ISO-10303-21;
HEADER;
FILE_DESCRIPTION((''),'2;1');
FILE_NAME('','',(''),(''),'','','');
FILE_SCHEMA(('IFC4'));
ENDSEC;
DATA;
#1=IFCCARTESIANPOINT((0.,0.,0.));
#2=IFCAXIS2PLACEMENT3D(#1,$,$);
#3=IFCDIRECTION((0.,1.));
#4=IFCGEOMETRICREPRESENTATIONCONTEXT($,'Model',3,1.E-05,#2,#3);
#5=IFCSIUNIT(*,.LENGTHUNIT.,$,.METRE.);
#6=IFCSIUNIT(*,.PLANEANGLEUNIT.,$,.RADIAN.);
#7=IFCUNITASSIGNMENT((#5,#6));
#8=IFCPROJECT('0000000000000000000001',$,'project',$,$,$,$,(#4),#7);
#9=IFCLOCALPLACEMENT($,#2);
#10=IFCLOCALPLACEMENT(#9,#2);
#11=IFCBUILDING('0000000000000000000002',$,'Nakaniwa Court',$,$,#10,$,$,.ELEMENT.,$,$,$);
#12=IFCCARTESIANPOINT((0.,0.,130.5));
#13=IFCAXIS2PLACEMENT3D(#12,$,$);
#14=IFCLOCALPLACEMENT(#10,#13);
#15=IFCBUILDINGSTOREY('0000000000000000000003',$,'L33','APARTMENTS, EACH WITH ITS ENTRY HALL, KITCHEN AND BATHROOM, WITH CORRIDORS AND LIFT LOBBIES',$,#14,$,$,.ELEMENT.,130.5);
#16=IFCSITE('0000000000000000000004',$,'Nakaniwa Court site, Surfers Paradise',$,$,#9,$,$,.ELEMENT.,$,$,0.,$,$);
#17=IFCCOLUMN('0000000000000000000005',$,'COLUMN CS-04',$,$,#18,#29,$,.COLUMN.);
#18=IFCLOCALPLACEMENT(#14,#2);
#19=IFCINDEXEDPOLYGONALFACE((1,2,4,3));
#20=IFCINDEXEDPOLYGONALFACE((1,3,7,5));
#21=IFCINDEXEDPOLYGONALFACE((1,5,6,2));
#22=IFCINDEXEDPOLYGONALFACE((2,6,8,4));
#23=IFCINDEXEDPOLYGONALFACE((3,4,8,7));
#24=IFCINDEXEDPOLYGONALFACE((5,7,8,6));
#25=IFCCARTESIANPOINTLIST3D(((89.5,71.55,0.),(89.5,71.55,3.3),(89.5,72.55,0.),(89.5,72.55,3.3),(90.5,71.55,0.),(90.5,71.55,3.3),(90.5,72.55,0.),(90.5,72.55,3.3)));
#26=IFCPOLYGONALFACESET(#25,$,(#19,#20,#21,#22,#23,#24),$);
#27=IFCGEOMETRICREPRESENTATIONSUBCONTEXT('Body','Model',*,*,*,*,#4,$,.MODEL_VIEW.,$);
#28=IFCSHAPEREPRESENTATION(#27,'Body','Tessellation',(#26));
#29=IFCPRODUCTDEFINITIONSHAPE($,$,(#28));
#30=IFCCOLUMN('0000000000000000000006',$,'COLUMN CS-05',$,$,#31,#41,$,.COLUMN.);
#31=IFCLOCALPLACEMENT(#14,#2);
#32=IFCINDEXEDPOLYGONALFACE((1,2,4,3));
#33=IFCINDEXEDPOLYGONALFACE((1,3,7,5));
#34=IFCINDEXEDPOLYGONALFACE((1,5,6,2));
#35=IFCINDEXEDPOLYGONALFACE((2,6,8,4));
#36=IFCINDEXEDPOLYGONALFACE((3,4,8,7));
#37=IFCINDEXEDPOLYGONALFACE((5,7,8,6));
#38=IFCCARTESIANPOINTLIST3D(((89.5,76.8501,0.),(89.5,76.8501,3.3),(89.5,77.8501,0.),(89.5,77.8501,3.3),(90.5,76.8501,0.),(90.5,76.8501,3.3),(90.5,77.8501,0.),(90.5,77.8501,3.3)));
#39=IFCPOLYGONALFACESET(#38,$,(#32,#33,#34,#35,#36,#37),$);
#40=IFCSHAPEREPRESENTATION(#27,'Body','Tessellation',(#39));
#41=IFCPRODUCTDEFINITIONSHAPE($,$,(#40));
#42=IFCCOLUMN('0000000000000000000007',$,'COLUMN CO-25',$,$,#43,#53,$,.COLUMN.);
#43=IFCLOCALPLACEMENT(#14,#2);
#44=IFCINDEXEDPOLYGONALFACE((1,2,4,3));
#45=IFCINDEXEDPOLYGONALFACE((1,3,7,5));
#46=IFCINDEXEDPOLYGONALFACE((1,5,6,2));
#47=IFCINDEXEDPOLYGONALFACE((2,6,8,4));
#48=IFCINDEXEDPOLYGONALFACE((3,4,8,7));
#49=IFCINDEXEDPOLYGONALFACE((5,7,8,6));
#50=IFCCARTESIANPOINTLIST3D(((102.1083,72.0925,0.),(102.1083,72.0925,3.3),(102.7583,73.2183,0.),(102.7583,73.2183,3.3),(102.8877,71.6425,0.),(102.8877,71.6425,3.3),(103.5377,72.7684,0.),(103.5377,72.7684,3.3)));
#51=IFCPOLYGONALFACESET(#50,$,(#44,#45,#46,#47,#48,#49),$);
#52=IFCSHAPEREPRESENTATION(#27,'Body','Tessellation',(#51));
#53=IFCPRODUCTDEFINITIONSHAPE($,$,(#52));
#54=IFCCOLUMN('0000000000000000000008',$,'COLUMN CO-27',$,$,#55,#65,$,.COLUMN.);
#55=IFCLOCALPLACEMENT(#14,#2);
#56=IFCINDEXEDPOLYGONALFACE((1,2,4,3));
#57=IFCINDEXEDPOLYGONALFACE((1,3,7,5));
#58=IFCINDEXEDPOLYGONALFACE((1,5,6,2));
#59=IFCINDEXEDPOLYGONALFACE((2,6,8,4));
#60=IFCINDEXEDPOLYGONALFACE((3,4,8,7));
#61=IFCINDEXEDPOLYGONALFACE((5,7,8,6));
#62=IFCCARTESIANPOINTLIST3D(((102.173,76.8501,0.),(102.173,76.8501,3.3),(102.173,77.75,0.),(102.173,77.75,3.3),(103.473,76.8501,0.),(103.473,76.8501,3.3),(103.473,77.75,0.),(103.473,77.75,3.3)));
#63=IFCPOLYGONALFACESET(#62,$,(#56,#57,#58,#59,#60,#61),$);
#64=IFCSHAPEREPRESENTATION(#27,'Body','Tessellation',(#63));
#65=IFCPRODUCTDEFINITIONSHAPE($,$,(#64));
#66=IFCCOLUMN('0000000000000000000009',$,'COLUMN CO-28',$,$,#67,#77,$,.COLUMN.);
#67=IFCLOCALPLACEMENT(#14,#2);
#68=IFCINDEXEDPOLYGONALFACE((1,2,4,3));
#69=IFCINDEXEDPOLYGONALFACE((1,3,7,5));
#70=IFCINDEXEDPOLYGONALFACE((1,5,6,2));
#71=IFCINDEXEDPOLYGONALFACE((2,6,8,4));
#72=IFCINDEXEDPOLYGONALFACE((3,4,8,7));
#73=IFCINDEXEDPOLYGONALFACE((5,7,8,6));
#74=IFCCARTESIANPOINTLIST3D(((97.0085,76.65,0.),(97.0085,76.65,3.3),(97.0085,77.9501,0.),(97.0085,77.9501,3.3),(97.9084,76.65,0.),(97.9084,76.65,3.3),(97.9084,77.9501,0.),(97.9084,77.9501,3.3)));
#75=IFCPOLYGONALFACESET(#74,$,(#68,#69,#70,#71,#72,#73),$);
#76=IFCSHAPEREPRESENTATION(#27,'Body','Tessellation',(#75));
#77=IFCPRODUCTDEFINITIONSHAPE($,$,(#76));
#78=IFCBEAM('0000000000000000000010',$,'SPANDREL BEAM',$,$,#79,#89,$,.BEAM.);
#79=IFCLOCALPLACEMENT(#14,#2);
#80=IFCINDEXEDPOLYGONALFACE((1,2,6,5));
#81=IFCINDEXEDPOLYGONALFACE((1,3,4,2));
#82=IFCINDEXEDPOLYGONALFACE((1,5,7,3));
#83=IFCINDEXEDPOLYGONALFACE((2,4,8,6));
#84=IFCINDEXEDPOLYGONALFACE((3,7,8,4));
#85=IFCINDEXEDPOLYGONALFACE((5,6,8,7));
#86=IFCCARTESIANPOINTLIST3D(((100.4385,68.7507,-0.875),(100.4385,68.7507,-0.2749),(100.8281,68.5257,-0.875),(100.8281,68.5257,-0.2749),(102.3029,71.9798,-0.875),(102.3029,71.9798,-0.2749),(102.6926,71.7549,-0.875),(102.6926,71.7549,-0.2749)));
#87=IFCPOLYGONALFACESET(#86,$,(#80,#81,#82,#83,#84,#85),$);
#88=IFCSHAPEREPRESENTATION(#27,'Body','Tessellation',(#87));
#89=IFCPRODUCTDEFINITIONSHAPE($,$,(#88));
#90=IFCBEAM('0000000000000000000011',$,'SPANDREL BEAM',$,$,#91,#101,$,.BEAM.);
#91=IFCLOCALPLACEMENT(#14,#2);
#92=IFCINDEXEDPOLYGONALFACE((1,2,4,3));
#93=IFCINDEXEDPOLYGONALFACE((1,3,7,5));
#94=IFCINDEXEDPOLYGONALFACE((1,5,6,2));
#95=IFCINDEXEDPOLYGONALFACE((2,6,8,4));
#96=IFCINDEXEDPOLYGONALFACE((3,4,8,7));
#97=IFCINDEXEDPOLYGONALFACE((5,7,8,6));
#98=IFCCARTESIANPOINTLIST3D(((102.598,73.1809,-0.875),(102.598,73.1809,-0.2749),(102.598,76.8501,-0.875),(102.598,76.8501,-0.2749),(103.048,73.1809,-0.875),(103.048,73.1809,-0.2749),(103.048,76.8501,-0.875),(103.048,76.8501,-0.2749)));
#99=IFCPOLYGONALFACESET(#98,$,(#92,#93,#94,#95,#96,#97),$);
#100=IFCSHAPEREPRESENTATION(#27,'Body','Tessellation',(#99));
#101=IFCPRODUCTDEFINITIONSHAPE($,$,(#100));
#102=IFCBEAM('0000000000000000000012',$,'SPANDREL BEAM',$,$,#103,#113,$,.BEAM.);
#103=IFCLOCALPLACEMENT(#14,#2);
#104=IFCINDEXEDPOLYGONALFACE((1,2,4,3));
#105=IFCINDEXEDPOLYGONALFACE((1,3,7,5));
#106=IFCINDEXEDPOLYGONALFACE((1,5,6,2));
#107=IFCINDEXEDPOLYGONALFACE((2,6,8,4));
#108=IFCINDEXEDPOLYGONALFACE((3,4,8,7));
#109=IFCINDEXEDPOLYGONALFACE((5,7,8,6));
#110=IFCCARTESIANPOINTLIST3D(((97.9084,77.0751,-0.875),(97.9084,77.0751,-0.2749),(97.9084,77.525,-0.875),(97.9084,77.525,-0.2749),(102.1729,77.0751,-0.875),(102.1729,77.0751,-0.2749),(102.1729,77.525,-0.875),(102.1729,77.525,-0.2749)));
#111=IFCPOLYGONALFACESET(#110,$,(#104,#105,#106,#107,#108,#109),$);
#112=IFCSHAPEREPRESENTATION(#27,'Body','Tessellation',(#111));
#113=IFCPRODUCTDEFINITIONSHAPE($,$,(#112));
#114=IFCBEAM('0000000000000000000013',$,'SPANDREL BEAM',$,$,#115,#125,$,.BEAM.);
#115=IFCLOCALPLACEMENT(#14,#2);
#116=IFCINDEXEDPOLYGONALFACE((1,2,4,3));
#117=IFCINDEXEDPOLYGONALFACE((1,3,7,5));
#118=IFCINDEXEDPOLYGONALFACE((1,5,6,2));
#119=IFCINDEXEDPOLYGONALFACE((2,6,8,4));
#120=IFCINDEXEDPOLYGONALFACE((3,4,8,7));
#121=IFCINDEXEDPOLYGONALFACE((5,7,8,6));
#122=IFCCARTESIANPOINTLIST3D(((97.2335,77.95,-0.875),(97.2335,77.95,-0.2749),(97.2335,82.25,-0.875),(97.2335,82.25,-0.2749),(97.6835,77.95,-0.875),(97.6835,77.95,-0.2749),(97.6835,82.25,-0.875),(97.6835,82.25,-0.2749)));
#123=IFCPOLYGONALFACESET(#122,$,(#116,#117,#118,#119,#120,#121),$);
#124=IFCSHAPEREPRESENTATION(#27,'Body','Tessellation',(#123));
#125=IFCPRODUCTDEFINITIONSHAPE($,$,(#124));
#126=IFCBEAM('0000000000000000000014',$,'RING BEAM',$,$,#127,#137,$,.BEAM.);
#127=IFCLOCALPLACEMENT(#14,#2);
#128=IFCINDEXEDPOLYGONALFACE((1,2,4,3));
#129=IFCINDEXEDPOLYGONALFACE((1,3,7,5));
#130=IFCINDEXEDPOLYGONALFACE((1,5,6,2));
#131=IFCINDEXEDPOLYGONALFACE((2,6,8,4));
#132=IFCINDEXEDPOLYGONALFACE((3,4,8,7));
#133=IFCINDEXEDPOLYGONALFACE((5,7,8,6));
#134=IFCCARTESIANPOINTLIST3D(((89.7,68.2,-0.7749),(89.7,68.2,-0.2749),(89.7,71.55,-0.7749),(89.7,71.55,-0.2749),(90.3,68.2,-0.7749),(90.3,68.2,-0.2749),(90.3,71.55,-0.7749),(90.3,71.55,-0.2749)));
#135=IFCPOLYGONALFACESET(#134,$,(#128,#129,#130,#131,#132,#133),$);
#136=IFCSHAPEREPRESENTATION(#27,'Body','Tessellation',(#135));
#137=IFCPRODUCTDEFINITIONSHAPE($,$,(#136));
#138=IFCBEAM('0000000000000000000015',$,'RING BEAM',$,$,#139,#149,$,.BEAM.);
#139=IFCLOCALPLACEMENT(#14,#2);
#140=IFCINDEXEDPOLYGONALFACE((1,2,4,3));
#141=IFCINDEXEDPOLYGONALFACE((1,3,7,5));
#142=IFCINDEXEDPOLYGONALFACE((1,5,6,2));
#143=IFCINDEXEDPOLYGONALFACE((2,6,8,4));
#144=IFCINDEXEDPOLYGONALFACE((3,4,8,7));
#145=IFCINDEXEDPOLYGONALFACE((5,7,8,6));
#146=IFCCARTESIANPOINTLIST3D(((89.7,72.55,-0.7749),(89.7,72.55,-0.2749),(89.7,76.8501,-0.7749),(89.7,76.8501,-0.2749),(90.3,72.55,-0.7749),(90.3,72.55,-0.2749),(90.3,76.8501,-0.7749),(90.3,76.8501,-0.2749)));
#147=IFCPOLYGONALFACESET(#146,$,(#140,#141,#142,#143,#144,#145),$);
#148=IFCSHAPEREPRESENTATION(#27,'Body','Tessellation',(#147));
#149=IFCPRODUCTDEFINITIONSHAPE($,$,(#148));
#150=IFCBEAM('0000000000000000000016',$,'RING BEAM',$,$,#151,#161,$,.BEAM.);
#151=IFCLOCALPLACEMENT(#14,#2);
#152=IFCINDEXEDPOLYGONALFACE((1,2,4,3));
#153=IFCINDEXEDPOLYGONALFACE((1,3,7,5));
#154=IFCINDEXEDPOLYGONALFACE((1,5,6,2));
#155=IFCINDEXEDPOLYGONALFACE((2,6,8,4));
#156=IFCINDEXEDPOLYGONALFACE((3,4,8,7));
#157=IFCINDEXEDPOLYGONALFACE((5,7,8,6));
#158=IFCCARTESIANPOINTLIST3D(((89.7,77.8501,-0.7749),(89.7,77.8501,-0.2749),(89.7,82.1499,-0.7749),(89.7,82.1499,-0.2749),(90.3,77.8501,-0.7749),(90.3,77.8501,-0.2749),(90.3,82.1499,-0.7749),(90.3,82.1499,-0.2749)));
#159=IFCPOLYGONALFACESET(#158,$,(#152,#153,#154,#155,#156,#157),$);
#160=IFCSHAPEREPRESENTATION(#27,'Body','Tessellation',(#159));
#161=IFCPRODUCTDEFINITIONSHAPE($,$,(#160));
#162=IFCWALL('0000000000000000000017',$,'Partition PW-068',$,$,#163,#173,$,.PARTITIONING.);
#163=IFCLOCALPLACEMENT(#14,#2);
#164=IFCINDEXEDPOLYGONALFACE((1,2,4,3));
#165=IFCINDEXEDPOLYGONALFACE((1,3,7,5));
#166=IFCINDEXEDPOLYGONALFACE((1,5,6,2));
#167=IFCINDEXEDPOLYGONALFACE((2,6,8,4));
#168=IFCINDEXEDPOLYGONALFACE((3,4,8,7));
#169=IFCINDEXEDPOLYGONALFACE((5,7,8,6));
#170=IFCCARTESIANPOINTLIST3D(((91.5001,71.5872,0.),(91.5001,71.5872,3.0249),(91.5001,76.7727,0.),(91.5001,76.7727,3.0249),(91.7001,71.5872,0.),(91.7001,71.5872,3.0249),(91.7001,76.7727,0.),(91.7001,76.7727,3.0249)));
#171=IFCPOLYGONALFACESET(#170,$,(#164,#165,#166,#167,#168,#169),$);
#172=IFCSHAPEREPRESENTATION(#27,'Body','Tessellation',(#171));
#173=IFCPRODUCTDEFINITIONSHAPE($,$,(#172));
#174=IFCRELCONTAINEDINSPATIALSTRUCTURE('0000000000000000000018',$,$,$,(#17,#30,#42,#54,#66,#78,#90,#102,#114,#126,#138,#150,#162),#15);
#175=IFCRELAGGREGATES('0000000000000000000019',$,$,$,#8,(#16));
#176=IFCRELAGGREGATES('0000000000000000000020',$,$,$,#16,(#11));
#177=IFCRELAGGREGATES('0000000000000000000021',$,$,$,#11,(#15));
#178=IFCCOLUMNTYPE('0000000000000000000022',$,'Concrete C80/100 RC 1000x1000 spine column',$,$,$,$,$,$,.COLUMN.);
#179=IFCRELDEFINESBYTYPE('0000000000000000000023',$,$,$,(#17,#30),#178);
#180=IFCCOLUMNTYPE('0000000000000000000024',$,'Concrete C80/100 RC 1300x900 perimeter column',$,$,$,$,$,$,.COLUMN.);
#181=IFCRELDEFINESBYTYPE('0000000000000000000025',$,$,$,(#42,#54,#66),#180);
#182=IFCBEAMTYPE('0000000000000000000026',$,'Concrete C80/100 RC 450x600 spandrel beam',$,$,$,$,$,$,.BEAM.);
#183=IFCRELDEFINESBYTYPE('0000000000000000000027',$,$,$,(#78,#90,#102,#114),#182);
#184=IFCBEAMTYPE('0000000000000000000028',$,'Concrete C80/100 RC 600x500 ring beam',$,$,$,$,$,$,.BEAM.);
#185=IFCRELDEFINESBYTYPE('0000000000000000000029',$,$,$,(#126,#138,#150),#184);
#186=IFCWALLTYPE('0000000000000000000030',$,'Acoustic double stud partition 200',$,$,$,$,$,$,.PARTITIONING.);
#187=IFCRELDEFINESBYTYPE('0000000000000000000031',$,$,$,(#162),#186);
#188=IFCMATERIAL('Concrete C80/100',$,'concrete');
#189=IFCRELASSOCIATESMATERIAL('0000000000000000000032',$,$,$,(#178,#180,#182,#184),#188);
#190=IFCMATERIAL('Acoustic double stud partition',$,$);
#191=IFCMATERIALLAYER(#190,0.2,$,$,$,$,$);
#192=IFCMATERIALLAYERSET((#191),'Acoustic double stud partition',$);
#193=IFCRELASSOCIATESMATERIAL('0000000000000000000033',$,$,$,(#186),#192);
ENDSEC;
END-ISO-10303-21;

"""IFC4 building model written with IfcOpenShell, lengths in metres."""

from ifc_helpers import new_model, si_unit, direction, frame, frame_2d, origin, origin_2d, place, context, subcontext, project, spatial, rectangle, extrude, material, layer, layer_set, material_profile, profile_set, type_object, element, save


model = new_model("IFC4")

# Units and contexts
model_context = context("Model", 3, precision=1e-05, world=origin(), true_north=direction((0.0, 1.0)))
body_context = subcontext(model_context, "Body", "Model", "MODEL_VIEW")
ifc_project = project(units=[si_unit("LENGTHUNIT", "METRE"), si_unit("PLANEANGLEUNIT", "RADIAN")], contexts=[model_context])

# Site, building, storey
site_placement = place(None, origin())
site = spatial("IfcSite", under=ifc_project, at=site_placement, Name="Nakaniwa Court site, Surfers Paradise", CompositionType="ELEMENT", RefElevation=0.0)
building_placement = place(site_placement, origin())
building = spatial("IfcBuilding", under=site, at=building_placement, Name="Nakaniwa Court", CompositionType="ELEMENT")
storey_placement = place(building_placement, frame((0.0, 0.0, 130.5)))
storey = spatial("IfcBuildingStorey", under=building, at=storey_placement, Name="L33", Description="APARTMENTS, EACH WITH ITS ENTRY HALL, KITCHEN AND BATHROOM, WITH CORRIDORS AND LIFT LOBBIES", CompositionType="ELEMENT", Elevation=130.5)

# Columns
ifc_material_1 = material(Name="Concrete C80/100", Category="concrete")
ifc_material_profile_1 = material_profile(ifc_material_1, rectangle(XDim=1.0, YDim=1.0, at=origin_2d()), Name="Concrete C80/100 RC 1000x1000 spine column")
ifc_profile_set_1 = profile_set([ifc_material_profile_1], Name="Concrete C80/100")
column_type_1 = type_object("IfcColumnType", Name="Concrete C80/100 RC 1000x1000 spine column", PredefinedType="COLUMN", material=ifc_profile_set_1)
for number, where, z_axis, x_axis, name in (
    (1, (90.0, 72.05, 0.0), (0.0, 0.0, 1.0), (0.0, 1.0, 0.0), "COLUMN CS-04"),
    (2, (90.0, 77.3501, 0.0), (0.0, 0.0, 1.0), (0.0, 1.0, 0.0), "COLUMN CS-05"),
):
    element("IfcColumn", number, at=place(storey_placement, frame(where, z_axis=z_axis, x_axis=x_axis)), inside=storey, type_object=column_type_1, Name=name, PredefinedType="COLUMN", context=body_context, shape_type="SweptSolid", body=[
        extrude(rectangle(XDim=1.0, YDim=1.0, at=origin_2d()), origin(), (0.0, 0.0, 1.0), 3.3),
    ])
ifc_material_profile_2 = material_profile(ifc_material_1, rectangle(XDim=1.3, YDim=0.8999, at=origin_2d()), Name="Concrete C80/100 RC 1300x900 perimeter column")
ifc_profile_set_2 = profile_set([ifc_material_profile_2], Name="Concrete C80/100")
column_type_2 = type_object("IfcColumnType", Name="Concrete C80/100 RC 1300x900 perimeter column", PredefinedType="COLUMN", material=ifc_profile_set_2)
for number, where, z_axis, x_axis, name in (
    (3, (102.823, 72.4304, 0.0), (0.0, 0.0, 1.0), (0.5, 0.866025, 0.0), "COLUMN CO-25"),
    (4, (102.823, 77.3, 0.0), (0.0, 0.0, 1.0), (-1.0, 0.0, 0.0), "COLUMN CO-27"),
    (5, (97.4585, 77.3, 0.0), (0.0, 0.0, 1.0), (0.0, 1.0, 0.0), "COLUMN CO-28"),
):
    element("IfcColumn", number, at=place(storey_placement, frame(where, z_axis=z_axis, x_axis=x_axis)), inside=storey, type_object=column_type_2, Name=name, PredefinedType="COLUMN", context=body_context, shape_type="SweptSolid", body=[
        extrude(rectangle(XDim=1.3, YDim=0.8999, at=origin_2d()), origin(), (0.0, 0.0, 1.0), 3.3),
    ])

# Beams
ifc_material_profile_3 = material_profile(ifc_material_1, rectangle(XDim=0.45, YDim=0.6001, at=origin_2d()), Name="Concrete C80/100 RC 450x600 spandrel beam")
ifc_profile_set_3 = profile_set([ifc_material_profile_3], Name="Concrete C80/100")
beam_type_1 = type_object("IfcBeamType", Name="Concrete C80/100 RC 450x600 spandrel beam", PredefinedType="BEAM", material=ifc_profile_set_3)
beam_1_placement = place(storey_placement, frame((100.6333, 68.6382, -0.575), z_axis=(0.500019, 0.866014, 0.0), x_axis=(-0.866014, 0.500019, 0.0)))
element("IfcBeam", 6, at=beam_1_placement, inside=storey, type_object=beam_type_1, Name="SPANDREL BEAM", PredefinedType="BEAM", context=body_context, shape_type="SweptSolid", body=[
    extrude(rectangle(XDim=0.45, YDim=0.6001, at=origin_2d()), origin(), (0.0, 0.0, 1.0), 3.7288),
])
beam_2_placement = place(storey_placement, frame((102.823, 73.1809, -0.575), z_axis=(0.0, 1.0, 0.0), x_axis=(-1.0, 0.0, 0.0)))
element("IfcBeam", 7, at=beam_2_placement, inside=storey, type_object=beam_type_1, Name="SPANDREL BEAM", PredefinedType="BEAM", context=body_context, shape_type="SweptSolid", body=[
    extrude(rectangle(XDim=0.45, YDim=0.6001, at=origin_2d()), origin(), (0.0, 0.0, 1.0), 3.6692),
])
beam_3_placement = place(storey_placement, frame((102.1729, 77.3, -0.575), z_axis=(-1.0, 0.0, 0.0), x_axis=(0.0, -1.0, 0.0)))
element("IfcBeam", 8, at=beam_3_placement, inside=storey, type_object=beam_type_1, Name="SPANDREL BEAM", PredefinedType="BEAM", context=body_context, shape_type="SweptSolid", body=[
    extrude(rectangle(XDim=0.45, YDim=0.6001, at=origin_2d()), origin(), (0.0, 0.0, 1.0), 4.2644),
])
beam_4_placement = place(storey_placement, frame((97.4585, 77.95, -0.575), z_axis=(0.0, 1.0, 0.0), x_axis=(-1.0, 0.0, 0.0)))
element("IfcBeam", 9, at=beam_4_placement, inside=storey, type_object=beam_type_1, Name="SPANDREL BEAM", PredefinedType="BEAM", context=body_context, shape_type="SweptSolid", body=[
    extrude(rectangle(XDim=0.45, YDim=0.6001, at=origin_2d()), origin(), (0.0, 0.0, 1.0), 4.3),
])
ifc_material_profile_4 = material_profile(ifc_material_1, rectangle(XDim=0.6001, YDim=0.5, at=origin_2d()), Name="Concrete C80/100 RC 600x500 ring beam")
ifc_profile_set_4 = profile_set([ifc_material_profile_4], Name="Concrete C80/100")
beam_type_2 = type_object("IfcBeamType", Name="Concrete C80/100 RC 600x500 ring beam", PredefinedType="BEAM", material=ifc_profile_set_4)
beam_5_placement = place(storey_placement, frame((90.0, 68.2, -0.5249), z_axis=(0.0, 1.0, 0.0), x_axis=(-1.0, 0.0, 0.0)))
element("IfcBeam", 10, at=beam_5_placement, inside=storey, type_object=beam_type_2, Name="RING BEAM", PredefinedType="BEAM", context=body_context, shape_type="SweptSolid", body=[
    extrude(rectangle(XDim=0.6001, YDim=0.5, at=origin_2d()), origin(), (0.0, 0.0, 1.0), 3.3501),
])
beam_6_placement = place(storey_placement, frame((90.0, 72.55, -0.5249), z_axis=(0.0, 1.0, 0.0), x_axis=(-1.0, 0.0, 0.0)))
element("IfcBeam", 11, at=beam_6_placement, inside=storey, type_object=beam_type_2, Name="RING BEAM", PredefinedType="BEAM", context=body_context, shape_type="SweptSolid", body=[
    extrude(rectangle(XDim=0.6001, YDim=0.5, at=origin_2d()), origin(), (0.0, 0.0, 1.0), 4.3),
])
beam_7_placement = place(storey_placement, frame((90.0, 77.8501, -0.5249), z_axis=(0.0, 1.0, 0.0), x_axis=(-1.0, 0.0, 0.0)))
element("IfcBeam", 12, at=beam_7_placement, inside=storey, type_object=beam_type_2, Name="RING BEAM", PredefinedType="BEAM", context=body_context, shape_type="SweptSolid", body=[
    extrude(rectangle(XDim=0.6001, YDim=0.5, at=origin_2d()), origin(), (0.0, 0.0, 1.0), 4.2998),
])

# Wall
ifc_material_2 = material(Name="Acoustic double stud partition")
ifc_layer_1 = layer(ifc_material_2, 0.2)
ifc_layer_set_1 = layer_set([ifc_layer_1], Name="Acoustic double stud partition")
wall_type_1 = type_object("IfcWallType", Name="Acoustic double stud partition 200", PredefinedType="PARTITIONING", material=ifc_layer_set_1)
wall_1_placement = place(storey_placement, frame((91.6001, 71.5872, 0.0), z_axis=(0.0, 0.0, 1.0), x_axis=(0.0, 1.0, 0.0)))
element("IfcWall", 13, at=wall_1_placement, inside=storey, type_object=wall_type_1, Name="Partition PW-068", PredefinedType="PARTITIONING", context=body_context, shape_type="SweptSolid", body=[
    extrude(rectangle(XDim=5.1855, YDim=0.2, at=frame_2d((2.5928, 0.0))), origin(), (0.0, 0.0, 1.0), 3.0249),
])

save(model, "model.ifc")
